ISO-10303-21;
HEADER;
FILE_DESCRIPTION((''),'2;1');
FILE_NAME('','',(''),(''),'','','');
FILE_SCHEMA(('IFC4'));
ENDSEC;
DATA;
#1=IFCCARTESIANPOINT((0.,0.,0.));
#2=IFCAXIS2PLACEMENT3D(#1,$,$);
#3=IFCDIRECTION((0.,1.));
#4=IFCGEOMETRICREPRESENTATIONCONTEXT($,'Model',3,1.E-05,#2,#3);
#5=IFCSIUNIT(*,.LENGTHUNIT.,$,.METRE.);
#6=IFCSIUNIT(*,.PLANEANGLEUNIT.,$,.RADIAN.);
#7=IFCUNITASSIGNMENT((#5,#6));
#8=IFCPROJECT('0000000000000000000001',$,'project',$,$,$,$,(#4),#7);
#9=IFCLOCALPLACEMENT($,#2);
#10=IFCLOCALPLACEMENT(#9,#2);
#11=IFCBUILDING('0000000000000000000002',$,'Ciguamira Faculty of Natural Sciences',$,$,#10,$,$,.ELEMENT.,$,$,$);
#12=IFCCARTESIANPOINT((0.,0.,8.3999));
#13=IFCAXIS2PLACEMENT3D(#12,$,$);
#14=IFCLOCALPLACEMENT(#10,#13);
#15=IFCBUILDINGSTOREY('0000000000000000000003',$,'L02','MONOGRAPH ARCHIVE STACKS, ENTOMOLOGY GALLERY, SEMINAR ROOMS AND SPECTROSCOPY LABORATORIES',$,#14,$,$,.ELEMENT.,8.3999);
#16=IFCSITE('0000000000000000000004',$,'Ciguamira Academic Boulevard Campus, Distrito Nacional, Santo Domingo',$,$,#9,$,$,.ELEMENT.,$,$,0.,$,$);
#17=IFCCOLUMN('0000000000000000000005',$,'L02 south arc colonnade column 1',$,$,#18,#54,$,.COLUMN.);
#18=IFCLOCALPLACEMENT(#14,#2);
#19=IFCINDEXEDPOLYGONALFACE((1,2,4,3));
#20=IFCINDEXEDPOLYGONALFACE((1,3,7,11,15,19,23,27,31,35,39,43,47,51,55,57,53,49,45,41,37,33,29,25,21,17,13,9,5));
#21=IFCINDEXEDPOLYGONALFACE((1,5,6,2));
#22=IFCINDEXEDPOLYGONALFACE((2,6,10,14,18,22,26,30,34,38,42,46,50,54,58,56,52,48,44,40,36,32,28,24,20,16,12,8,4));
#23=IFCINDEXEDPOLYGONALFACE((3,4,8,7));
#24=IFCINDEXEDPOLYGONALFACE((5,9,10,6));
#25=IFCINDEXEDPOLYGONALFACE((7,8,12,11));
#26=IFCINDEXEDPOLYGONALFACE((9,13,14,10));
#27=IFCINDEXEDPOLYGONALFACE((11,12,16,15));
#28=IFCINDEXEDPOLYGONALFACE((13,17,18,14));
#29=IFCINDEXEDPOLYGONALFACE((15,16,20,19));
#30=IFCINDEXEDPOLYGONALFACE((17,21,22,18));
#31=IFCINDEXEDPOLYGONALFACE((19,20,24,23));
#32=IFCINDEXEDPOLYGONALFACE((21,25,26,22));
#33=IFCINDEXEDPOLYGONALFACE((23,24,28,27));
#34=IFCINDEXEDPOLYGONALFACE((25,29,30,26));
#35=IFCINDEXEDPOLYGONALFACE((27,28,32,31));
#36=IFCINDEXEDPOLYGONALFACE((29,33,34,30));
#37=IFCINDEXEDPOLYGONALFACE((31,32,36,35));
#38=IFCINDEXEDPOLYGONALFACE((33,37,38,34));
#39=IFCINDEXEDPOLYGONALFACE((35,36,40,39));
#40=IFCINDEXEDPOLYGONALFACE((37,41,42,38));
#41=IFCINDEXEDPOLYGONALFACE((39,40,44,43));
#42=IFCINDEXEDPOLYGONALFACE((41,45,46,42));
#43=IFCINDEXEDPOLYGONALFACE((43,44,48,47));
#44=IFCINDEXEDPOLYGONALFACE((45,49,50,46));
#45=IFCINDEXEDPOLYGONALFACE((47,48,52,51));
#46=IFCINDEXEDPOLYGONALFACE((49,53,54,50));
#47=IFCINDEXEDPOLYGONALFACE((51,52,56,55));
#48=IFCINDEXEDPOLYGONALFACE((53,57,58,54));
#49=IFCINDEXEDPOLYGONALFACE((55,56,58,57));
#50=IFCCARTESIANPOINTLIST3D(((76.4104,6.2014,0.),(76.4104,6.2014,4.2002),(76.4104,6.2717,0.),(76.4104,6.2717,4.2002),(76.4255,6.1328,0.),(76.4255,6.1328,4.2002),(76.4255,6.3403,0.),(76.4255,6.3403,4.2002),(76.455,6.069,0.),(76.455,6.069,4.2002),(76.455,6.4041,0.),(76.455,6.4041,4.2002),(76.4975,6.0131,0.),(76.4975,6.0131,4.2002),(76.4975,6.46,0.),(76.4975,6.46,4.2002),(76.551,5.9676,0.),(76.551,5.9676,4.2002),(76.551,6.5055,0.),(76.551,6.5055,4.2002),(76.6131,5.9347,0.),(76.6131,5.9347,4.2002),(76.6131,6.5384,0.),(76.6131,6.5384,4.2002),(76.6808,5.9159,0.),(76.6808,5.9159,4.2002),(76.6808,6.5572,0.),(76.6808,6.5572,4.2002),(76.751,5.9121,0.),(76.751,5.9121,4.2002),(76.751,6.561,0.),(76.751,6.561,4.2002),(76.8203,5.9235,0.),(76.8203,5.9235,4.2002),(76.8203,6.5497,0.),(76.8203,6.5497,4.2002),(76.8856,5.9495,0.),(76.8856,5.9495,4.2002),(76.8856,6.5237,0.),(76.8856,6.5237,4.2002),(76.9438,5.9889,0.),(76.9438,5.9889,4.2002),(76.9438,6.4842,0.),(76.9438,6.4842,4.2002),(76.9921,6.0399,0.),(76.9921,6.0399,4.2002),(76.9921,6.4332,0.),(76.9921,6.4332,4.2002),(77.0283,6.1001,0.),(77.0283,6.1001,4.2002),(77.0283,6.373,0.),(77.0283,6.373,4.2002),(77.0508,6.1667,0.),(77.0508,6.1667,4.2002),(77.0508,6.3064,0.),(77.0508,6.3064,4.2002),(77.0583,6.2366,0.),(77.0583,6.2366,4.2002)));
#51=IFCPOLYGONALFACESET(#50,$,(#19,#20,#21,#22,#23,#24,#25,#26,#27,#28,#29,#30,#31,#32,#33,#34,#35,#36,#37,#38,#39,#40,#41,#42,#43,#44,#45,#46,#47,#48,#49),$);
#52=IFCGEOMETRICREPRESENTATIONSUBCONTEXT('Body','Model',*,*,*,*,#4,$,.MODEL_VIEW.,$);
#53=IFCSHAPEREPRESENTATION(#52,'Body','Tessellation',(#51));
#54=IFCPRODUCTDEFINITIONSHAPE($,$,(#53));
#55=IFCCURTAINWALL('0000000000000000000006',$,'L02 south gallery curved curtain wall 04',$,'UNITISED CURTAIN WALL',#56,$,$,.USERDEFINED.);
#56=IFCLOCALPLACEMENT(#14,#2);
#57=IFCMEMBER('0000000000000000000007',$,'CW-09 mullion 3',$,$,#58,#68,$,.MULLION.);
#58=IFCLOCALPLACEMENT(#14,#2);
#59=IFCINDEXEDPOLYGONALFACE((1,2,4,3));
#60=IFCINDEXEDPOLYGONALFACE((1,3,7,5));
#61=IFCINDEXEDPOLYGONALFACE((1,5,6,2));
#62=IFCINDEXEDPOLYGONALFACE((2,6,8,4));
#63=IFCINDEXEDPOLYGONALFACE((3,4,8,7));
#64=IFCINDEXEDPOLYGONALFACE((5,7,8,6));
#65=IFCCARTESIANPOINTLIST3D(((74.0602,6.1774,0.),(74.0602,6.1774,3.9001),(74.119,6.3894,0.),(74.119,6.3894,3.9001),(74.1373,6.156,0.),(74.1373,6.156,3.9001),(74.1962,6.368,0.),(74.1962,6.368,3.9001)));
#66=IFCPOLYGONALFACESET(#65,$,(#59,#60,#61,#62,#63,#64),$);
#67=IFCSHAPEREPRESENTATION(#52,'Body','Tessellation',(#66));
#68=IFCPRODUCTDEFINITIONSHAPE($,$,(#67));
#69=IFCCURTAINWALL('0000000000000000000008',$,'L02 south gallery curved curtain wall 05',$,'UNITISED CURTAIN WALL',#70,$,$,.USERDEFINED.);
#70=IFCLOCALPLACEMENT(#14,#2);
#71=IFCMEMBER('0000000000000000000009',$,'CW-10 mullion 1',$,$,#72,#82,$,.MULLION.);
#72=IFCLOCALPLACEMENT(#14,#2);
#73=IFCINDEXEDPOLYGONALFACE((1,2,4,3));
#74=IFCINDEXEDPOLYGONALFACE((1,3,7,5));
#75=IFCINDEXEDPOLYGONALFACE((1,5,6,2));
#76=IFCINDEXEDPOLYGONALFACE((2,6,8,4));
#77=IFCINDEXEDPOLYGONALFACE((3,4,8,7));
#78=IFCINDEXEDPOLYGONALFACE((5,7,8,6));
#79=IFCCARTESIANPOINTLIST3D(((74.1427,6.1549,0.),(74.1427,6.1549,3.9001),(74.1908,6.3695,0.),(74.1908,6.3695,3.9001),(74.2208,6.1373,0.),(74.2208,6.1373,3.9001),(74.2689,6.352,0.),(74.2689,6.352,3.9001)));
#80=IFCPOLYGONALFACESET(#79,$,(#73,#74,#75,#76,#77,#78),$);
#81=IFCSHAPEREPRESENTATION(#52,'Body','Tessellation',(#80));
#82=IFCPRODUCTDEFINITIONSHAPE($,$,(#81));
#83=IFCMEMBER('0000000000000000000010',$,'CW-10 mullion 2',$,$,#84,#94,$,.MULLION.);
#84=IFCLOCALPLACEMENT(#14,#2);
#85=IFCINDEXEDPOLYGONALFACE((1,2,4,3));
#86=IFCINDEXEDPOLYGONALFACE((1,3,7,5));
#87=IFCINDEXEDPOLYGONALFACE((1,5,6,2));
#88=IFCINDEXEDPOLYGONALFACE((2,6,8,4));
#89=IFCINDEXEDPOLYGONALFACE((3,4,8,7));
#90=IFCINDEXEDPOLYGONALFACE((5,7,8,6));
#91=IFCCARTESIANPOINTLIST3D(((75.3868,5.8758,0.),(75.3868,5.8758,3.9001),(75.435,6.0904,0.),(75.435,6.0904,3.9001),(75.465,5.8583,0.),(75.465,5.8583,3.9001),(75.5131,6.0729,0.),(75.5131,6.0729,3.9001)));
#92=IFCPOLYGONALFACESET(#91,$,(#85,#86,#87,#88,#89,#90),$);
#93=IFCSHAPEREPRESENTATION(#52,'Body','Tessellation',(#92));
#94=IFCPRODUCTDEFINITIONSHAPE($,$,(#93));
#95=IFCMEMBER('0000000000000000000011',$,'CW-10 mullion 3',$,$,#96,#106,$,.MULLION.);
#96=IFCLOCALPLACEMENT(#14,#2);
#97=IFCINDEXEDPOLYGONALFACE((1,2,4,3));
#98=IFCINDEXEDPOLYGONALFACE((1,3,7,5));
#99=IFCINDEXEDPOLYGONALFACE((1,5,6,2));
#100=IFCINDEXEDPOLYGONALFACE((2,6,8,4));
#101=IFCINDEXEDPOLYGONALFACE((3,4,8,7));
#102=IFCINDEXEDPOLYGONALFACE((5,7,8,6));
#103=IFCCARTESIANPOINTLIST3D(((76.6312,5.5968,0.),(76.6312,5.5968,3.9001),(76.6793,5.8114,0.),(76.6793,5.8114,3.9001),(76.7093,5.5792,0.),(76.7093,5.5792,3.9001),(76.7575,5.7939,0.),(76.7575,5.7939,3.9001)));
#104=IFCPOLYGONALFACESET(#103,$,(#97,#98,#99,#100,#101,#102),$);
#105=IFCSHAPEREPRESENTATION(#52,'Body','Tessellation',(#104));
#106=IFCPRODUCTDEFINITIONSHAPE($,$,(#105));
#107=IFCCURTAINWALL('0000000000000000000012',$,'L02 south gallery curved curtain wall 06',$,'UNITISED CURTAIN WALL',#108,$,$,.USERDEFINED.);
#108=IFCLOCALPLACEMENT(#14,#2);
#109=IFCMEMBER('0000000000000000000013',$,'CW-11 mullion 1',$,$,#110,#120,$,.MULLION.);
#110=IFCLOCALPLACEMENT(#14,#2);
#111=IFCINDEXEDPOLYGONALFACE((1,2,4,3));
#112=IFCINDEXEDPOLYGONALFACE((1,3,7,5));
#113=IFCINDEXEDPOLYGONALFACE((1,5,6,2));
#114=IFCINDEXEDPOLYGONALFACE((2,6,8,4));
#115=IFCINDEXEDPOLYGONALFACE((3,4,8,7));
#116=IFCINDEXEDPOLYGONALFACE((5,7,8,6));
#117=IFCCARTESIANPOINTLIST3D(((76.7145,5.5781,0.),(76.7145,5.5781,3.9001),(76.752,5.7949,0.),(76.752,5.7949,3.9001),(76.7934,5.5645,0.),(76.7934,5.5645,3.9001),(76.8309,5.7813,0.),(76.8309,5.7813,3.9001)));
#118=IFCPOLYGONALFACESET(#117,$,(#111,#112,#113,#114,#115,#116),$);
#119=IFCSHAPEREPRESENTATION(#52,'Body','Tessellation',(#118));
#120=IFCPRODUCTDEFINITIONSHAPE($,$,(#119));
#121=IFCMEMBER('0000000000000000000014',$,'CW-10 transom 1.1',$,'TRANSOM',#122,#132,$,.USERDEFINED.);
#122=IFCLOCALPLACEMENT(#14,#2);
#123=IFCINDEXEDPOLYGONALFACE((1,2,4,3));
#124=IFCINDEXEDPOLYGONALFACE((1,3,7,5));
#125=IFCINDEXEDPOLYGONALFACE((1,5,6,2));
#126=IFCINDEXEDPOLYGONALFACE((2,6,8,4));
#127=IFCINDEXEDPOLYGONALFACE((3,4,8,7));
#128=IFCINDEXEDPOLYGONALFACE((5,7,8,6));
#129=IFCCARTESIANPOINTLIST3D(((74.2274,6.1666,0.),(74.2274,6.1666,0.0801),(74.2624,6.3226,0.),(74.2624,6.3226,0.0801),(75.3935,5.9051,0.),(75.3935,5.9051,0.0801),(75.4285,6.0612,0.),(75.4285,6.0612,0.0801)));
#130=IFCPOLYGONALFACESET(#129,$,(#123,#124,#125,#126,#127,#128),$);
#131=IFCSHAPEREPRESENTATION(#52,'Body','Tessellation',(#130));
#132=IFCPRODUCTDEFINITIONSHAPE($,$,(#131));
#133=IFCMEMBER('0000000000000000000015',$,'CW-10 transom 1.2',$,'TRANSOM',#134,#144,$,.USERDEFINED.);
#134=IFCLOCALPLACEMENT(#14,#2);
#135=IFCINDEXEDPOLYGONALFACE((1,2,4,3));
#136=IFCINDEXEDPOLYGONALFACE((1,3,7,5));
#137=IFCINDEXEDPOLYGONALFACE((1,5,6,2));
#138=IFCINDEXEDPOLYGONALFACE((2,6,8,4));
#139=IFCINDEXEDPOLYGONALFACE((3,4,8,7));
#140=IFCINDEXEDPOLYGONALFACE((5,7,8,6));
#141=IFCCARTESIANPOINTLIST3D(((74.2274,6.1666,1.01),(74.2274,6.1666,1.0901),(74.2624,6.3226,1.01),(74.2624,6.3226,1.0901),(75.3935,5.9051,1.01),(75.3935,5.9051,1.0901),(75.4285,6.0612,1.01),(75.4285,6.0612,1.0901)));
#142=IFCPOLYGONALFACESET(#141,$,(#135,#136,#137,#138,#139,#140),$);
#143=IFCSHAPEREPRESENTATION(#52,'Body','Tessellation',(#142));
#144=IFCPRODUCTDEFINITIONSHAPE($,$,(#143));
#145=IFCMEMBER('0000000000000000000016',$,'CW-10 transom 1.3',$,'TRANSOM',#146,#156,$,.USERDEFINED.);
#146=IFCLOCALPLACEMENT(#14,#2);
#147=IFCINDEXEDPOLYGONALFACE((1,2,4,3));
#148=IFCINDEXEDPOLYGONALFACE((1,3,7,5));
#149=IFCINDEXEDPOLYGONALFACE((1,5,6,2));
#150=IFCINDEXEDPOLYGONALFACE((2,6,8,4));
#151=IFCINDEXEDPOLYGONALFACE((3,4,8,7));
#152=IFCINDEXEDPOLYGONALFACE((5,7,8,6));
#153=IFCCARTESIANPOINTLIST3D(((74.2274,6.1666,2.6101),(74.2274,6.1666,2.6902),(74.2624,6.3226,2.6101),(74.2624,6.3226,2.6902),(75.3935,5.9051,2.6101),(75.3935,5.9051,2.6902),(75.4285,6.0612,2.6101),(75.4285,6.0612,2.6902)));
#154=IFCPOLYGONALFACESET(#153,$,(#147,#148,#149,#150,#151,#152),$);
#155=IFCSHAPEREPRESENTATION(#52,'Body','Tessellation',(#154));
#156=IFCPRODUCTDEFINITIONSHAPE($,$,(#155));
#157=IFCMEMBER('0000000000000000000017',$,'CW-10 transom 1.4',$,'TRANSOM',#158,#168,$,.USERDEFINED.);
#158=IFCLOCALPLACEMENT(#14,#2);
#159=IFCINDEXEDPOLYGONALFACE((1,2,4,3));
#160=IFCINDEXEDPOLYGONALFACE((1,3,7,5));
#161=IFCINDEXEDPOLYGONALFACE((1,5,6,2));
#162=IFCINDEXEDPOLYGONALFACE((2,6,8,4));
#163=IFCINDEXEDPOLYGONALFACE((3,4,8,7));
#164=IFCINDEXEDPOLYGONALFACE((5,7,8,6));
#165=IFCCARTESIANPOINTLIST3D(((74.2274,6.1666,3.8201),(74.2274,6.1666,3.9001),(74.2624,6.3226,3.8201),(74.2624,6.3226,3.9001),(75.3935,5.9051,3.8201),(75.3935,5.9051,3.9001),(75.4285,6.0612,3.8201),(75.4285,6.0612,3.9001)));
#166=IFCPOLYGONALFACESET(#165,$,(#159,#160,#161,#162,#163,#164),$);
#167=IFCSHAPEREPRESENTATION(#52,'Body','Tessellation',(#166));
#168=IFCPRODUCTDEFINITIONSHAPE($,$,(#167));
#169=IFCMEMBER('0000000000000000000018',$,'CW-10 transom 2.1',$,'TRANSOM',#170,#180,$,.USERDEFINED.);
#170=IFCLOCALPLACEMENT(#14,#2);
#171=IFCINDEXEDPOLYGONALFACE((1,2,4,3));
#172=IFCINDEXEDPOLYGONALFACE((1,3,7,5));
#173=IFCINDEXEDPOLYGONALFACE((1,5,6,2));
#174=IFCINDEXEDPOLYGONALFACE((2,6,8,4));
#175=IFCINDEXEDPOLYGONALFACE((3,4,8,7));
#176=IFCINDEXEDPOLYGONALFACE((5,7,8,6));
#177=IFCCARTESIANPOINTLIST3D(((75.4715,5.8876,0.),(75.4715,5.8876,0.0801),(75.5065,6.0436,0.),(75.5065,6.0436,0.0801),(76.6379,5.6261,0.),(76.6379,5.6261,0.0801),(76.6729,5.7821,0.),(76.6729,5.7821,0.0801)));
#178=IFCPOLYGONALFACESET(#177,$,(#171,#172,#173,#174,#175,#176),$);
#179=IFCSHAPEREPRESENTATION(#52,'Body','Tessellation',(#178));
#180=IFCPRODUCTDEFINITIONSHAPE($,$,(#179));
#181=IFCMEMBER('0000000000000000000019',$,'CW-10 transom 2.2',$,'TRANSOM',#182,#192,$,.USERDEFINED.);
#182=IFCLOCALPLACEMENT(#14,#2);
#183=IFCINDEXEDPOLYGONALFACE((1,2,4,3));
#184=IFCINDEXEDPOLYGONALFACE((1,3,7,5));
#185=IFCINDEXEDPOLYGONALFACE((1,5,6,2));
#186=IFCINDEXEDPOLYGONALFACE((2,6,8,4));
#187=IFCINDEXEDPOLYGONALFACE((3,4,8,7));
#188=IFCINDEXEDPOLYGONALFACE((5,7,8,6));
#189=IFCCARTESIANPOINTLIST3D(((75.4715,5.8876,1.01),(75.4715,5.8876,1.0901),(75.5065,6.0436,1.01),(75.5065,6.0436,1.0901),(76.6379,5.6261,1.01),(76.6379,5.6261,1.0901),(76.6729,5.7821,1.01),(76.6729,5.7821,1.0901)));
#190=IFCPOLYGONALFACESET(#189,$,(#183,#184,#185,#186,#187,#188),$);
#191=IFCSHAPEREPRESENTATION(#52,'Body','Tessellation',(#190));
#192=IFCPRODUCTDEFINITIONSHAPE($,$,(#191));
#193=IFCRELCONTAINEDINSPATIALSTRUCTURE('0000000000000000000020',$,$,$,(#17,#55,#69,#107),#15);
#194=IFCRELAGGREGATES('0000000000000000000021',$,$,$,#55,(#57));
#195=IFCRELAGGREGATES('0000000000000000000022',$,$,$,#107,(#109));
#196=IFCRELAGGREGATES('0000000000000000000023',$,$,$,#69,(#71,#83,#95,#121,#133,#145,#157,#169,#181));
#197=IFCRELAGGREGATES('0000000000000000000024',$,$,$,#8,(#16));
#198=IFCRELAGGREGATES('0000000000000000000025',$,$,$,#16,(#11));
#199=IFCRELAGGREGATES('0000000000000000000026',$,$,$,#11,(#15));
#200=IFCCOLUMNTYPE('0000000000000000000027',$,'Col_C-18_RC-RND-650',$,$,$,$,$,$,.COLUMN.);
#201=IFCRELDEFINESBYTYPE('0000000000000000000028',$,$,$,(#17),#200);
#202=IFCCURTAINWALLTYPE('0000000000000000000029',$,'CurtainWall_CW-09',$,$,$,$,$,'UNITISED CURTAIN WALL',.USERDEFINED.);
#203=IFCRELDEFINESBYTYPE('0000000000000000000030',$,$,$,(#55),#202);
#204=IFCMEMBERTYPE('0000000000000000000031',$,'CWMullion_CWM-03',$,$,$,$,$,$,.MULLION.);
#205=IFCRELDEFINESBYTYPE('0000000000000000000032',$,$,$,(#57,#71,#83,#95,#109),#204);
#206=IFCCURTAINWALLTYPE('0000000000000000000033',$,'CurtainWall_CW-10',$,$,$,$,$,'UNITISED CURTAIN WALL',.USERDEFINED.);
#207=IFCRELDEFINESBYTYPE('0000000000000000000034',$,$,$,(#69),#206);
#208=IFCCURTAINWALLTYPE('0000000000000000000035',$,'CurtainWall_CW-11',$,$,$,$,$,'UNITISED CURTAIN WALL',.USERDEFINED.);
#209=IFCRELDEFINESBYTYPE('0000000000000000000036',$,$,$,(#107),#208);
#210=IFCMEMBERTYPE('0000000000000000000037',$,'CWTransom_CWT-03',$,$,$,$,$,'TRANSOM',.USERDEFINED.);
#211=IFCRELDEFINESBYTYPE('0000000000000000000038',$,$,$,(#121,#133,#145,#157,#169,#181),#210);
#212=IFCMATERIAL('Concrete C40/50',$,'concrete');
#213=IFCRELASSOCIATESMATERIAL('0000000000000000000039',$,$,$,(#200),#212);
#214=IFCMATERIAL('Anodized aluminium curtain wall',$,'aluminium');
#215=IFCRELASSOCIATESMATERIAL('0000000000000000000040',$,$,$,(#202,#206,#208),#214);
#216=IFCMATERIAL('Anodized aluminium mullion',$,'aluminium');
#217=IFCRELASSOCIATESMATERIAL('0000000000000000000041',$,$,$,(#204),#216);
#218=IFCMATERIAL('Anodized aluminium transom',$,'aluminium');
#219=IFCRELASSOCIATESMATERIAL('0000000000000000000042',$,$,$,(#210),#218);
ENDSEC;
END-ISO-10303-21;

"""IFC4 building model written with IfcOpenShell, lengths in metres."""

from ifc_helpers import new_model, si_unit, direction, frame, origin, origin_2d, place, context, subcontext, project, spatial, rectangle, circle, extrude, material, material_profile, profile_set, type_object, element, aggregate, save


model = new_model("IFC4")

# Units and contexts
model_context = context("Model", 3, precision=1e-05, world=origin(), true_north=direction((0.0, 1.0)))
body_context = subcontext(model_context, "Body", "Model", "MODEL_VIEW")
ifc_project = project(units=[si_unit("LENGTHUNIT", "METRE"), si_unit("PLANEANGLEUNIT", "RADIAN")], contexts=[model_context])

# Site, building, storey
site_placement = place(None, origin())
site = spatial("IfcSite", under=ifc_project, at=site_placement, Name="Ciguamira Academic Boulevard Campus, Distrito Nacional, Santo Domingo", CompositionType="ELEMENT", RefElevation=0.0)
building_placement = place(site_placement, origin())
building = spatial("IfcBuilding", under=site, at=building_placement, Name="Ciguamira Faculty of Natural Sciences", CompositionType="ELEMENT")
storey_placement = place(building_placement, frame((0.0, 0.0, 8.3999)))
storey = spatial("IfcBuildingStorey", under=building, at=storey_placement, Name="L02", Description="MONOGRAPH ARCHIVE STACKS, ENTOMOLOGY GALLERY, SEMINAR ROOMS AND SPECTROSCOPY LABORATORIES", CompositionType="ELEMENT", Elevation=8.3999)

# Column
ifc_material_1 = material(Name="Concrete C40/50", Category="concrete")
ifc_material_profile_1 = material_profile(ifc_material_1, circle(Radius=0.325, at=origin_2d()), Name="RC-RND-650")
ifc_profile_set_1 = profile_set([ifc_material_profile_1], Name="Concrete C40/50")
column_type = type_object("IfcColumnType", Name="Col_C-18_RC-RND-650", PredefinedType="COLUMN", material=ifc_profile_set_1)
column_placement = place(storey_placement, frame((76.7334, 6.2366, 0.0), z_axis=(0.0, 0.0, 1.0), x_axis=(1.0, 0.0, 0.0)))
element("IfcColumn", 1, at=column_placement, inside=storey, type_object=column_type, Name="L02 south arc colonnade column 1", PredefinedType="COLUMN", context=body_context, shape_type="SweptSolid", body=[
    extrude(circle(Radius=0.325, at=origin_2d()), origin(), (0.0, 0.0, 1.0), 4.2002),
])

# Curtain wall, member
ifc_material_2 = material(Name="Anodized aluminium curtain wall", Category="aluminium")
curtain_wall_type_1 = type_object("IfcCurtainWallType", Name="CurtainWall_CW-09", ElementType="UNITISED CURTAIN WALL", PredefinedType="USERDEFINED", material=ifc_material_2)
curtain_wall_1_placement = place(storey_placement, origin())
curtain_wall_1 = element("IfcCurtainWall", 2, at=curtain_wall_1_placement, inside=storey, type_object=curtain_wall_type_1, Name="L02 south gallery curved curtain wall 04", ObjectType="UNITISED CURTAIN WALL", PredefinedType="USERDEFINED")
ifc_material_3 = material(Name="Anodized aluminium mullion", Category="aluminium")
ifc_material_profile_2 = material_profile(ifc_material_3, rectangle(XDim=0.0801, YDim=0.22, at=origin_2d()), Name="ALU-MUL-80X220")
ifc_profile_set_2 = profile_set([ifc_material_profile_2], Name="Anodized aluminium mullion")
member_type_1 = type_object("IfcMemberType", Name="CWMullion_CWM-03", PredefinedType="MULLION", material=ifc_profile_set_2)
member_1_placement = place(storey_placement, frame((74.1282, 6.2727, 0.0), z_axis=(0.0, 0.0, 1.0), x_axis=(0.963573, -0.267444, 0.0)))
member_1 = element("IfcMember", 3, at=member_1_placement, type_object=member_type_1, Name="CW-09 mullion 3", PredefinedType="MULLION", context=body_context, shape_type="SweptSolid", body=[
    extrude(rectangle(XDim=0.0801, YDim=0.22, at=origin_2d()), origin(), (0.0, 0.0, 1.0), 3.9001),
])
aggregate(curtain_wall_1, [member_1])

# Curtain wall, members
curtain_wall_type_2 = type_object("IfcCurtainWallType", Name="CurtainWall_CW-10", ElementType="UNITISED CURTAIN WALL", PredefinedType="USERDEFINED", material=ifc_material_2)
curtain_wall_2_placement = place(storey_placement, origin())
curtain_wall_2 = element("IfcCurtainWall", 4, at=curtain_wall_2_placement, inside=storey, type_object=curtain_wall_type_2, Name="L02 south gallery curved curtain wall 05", ObjectType="UNITISED CURTAIN WALL", PredefinedType="USERDEFINED")
member_2_placement = place(storey_placement, frame((74.2058, 6.2534, 0.0), z_axis=(0.0, 0.0, 1.0), x_axis=(0.975763, -0.21883, 0.0)))
member_2 = element("IfcMember", 5, at=member_2_placement, type_object=member_type_1, Name="CW-10 mullion 1", PredefinedType="MULLION", context=body_context, shape_type="SweptSolid", body=[
    extrude(rectangle(XDim=0.0801, YDim=0.22, at=origin_2d()), origin(), (0.0, 0.0, 1.0), 3.9001),
])
member_3_placement = place(storey_placement, frame((75.45, 5.9744, 0.0), z_axis=(0.0, 0.0, 1.0), x_axis=(0.975763, -0.21883, 0.0)))
member_3 = element("IfcMember", 6, at=member_3_placement, type_object=member_type_1, Name="CW-10 mullion 2", PredefinedType="MULLION", context=body_context, shape_type="SweptSolid", body=[
    extrude(rectangle(XDim=0.0801, YDim=0.22, at=origin_2d()), origin(), (0.0, 0.0, 1.0), 3.9001),
])
member_4_placement = place(storey_placement, frame((76.6943, 5.6953, 0.0), z_axis=(0.0, 0.0, 1.0), x_axis=(0.975763, -0.21883, 0.0)))
member_4 = element("IfcMember", 7, at=member_4_placement, type_object=member_type_1, Name="CW-10 mullion 3", PredefinedType="MULLION", context=body_context, shape_type="SweptSolid", body=[
    extrude(rectangle(XDim=0.0801, YDim=0.22, at=origin_2d()), origin(), (0.0, 0.0, 1.0), 3.9001),
])

# Curtain wall, member
curtain_wall_type_3 = type_object("IfcCurtainWallType", Name="CurtainWall_CW-11", ElementType="UNITISED CURTAIN WALL", PredefinedType="USERDEFINED", material=ifc_material_2)
curtain_wall_3_placement = place(storey_placement, origin())
curtain_wall_3 = element("IfcCurtainWall", 8, at=curtain_wall_3_placement, inside=storey, type_object=curtain_wall_type_3, Name="L02 south gallery curved curtain wall 06", ObjectType="UNITISED CURTAIN WALL", PredefinedType="USERDEFINED")
member_5_placement = place(storey_placement, frame((76.7727, 5.6797, 0.0), z_axis=(0.0, 0.0, 1.0), x_axis=(0.985411, -0.170192, 0.0)))
member_5 = element("IfcMember", 9, at=member_5_placement, type_object=member_type_1, Name="CW-11 mullion 1", PredefinedType="MULLION", context=body_context, shape_type="SweptSolid", body=[
    extrude(rectangle(XDim=0.0801, YDim=0.22, at=origin_2d()), origin(), (0.0, 0.0, 1.0), 3.9001),
])

# Members
ifc_material_4 = material(Name="Anodized aluminium transom", Category="aluminium")
ifc_material_profile_3 = material_profile(ifc_material_4, rectangle(XDim=0.0801, YDim=0.1599, at=origin_2d()), Name="ALU-TRN-80X160")
ifc_profile_set_3 = profile_set([ifc_material_profile_3], Name="Anodized aluminium transom")
member_type_2 = type_object("IfcMemberType", Name="CWTransom_CWT-03", ElementType="TRANSOM", PredefinedType="USERDEFINED", material=ifc_profile_set_3)
member_6_placement = place(storey_placement, frame((74.2449, 6.2446, 0.04), z_axis=(0.975767, -0.218812, 0.0), x_axis=(0.0, 0.0, 1.0)))
member_6 = element("IfcMember", 10, at=member_6_placement, type_object=member_type_2, Name="CW-10 transom 1.1", ObjectType="TRANSOM", PredefinedType="USERDEFINED", context=body_context, shape_type="SweptSolid", body=[
    extrude(rectangle(XDim=0.0801, YDim=0.1599, at=origin_2d()), origin(), (0.0, 0.0, 1.0), 1.1951),
])
member_7_placement = place(storey_placement, frame((74.2449, 6.2446, 1.05), z_axis=(0.975767, -0.218812, 0.0), x_axis=(0.0, 0.0, 1.0)))
member_7 = element("IfcMember", 11, at=member_7_placement, type_object=member_type_2, Name="CW-10 transom 1.2", ObjectType="TRANSOM", PredefinedType="USERDEFINED", context=body_context, shape_type="SweptSolid", body=[
    extrude(rectangle(XDim=0.0801, YDim=0.1599, at=origin_2d()), origin(), (0.0, 0.0, 1.0), 1.1951),
])
member_8_placement = place(storey_placement, frame((74.2449, 6.2446, 2.6501), z_axis=(0.975767, -0.218812, 0.0), x_axis=(0.0, 0.0, 1.0)))
member_8 = element("IfcMember", 12, at=member_8_placement, type_object=member_type_2, Name="CW-10 transom 1.3", ObjectType="TRANSOM", PredefinedType="USERDEFINED", context=body_context, shape_type="SweptSolid", body=[
    extrude(rectangle(XDim=0.0801, YDim=0.1599, at=origin_2d()), origin(), (0.0, 0.0, 1.0), 1.1951),
])
member_9_placement = place(storey_placement, frame((74.2449, 6.2446, 3.8601), z_axis=(0.975767, -0.218812, 0.0), x_axis=(0.0, 0.0, 1.0)))
member_9 = element("IfcMember", 13, at=member_9_placement, type_object=member_type_2, Name="CW-10 transom 1.4", ObjectType="TRANSOM", PredefinedType="USERDEFINED", context=body_context, shape_type="SweptSolid", body=[
    extrude(rectangle(XDim=0.0801, YDim=0.1599, at=origin_2d()), origin(), (0.0, 0.0, 1.0), 1.1951),
])
member_10_placement = place(storey_placement, frame((75.489, 5.9656, 0.04), z_axis=(0.975777, -0.218768, 0.0), x_axis=(0.0, 0.0, 1.0)))
member_10 = element("IfcMember", 14, at=member_10_placement, type_object=member_type_2, Name="CW-10 transom 2.1", ObjectType="TRANSOM", PredefinedType="USERDEFINED", context=body_context, shape_type="SweptSolid", body=[
    extrude(rectangle(XDim=0.0801, YDim=0.1599, at=origin_2d()), origin(), (0.0, 0.0, 1.0), 1.1953),
])
member_11_placement = place(storey_placement, frame((75.489, 5.9656, 1.05), z_axis=(0.975777, -0.218768, 0.0), x_axis=(0.0, 0.0, 1.0)))
member_11 = element("IfcMember", 15, at=member_11_placement, type_object=member_type_2, Name="CW-10 transom 2.2", ObjectType="TRANSOM", PredefinedType="USERDEFINED", context=body_context, shape_type="SweptSolid", body=[
    extrude(rectangle(XDim=0.0801, YDim=0.1599, at=origin_2d()), origin(), (0.0, 0.0, 1.0), 1.1953),
])
aggregate(curtain_wall_3, [member_5])

aggregate(curtain_wall_2, [member_2, member_3, member_4, member_6, member_7, member_8, member_9, member_10, member_11])

save(model, "model.ifc")
